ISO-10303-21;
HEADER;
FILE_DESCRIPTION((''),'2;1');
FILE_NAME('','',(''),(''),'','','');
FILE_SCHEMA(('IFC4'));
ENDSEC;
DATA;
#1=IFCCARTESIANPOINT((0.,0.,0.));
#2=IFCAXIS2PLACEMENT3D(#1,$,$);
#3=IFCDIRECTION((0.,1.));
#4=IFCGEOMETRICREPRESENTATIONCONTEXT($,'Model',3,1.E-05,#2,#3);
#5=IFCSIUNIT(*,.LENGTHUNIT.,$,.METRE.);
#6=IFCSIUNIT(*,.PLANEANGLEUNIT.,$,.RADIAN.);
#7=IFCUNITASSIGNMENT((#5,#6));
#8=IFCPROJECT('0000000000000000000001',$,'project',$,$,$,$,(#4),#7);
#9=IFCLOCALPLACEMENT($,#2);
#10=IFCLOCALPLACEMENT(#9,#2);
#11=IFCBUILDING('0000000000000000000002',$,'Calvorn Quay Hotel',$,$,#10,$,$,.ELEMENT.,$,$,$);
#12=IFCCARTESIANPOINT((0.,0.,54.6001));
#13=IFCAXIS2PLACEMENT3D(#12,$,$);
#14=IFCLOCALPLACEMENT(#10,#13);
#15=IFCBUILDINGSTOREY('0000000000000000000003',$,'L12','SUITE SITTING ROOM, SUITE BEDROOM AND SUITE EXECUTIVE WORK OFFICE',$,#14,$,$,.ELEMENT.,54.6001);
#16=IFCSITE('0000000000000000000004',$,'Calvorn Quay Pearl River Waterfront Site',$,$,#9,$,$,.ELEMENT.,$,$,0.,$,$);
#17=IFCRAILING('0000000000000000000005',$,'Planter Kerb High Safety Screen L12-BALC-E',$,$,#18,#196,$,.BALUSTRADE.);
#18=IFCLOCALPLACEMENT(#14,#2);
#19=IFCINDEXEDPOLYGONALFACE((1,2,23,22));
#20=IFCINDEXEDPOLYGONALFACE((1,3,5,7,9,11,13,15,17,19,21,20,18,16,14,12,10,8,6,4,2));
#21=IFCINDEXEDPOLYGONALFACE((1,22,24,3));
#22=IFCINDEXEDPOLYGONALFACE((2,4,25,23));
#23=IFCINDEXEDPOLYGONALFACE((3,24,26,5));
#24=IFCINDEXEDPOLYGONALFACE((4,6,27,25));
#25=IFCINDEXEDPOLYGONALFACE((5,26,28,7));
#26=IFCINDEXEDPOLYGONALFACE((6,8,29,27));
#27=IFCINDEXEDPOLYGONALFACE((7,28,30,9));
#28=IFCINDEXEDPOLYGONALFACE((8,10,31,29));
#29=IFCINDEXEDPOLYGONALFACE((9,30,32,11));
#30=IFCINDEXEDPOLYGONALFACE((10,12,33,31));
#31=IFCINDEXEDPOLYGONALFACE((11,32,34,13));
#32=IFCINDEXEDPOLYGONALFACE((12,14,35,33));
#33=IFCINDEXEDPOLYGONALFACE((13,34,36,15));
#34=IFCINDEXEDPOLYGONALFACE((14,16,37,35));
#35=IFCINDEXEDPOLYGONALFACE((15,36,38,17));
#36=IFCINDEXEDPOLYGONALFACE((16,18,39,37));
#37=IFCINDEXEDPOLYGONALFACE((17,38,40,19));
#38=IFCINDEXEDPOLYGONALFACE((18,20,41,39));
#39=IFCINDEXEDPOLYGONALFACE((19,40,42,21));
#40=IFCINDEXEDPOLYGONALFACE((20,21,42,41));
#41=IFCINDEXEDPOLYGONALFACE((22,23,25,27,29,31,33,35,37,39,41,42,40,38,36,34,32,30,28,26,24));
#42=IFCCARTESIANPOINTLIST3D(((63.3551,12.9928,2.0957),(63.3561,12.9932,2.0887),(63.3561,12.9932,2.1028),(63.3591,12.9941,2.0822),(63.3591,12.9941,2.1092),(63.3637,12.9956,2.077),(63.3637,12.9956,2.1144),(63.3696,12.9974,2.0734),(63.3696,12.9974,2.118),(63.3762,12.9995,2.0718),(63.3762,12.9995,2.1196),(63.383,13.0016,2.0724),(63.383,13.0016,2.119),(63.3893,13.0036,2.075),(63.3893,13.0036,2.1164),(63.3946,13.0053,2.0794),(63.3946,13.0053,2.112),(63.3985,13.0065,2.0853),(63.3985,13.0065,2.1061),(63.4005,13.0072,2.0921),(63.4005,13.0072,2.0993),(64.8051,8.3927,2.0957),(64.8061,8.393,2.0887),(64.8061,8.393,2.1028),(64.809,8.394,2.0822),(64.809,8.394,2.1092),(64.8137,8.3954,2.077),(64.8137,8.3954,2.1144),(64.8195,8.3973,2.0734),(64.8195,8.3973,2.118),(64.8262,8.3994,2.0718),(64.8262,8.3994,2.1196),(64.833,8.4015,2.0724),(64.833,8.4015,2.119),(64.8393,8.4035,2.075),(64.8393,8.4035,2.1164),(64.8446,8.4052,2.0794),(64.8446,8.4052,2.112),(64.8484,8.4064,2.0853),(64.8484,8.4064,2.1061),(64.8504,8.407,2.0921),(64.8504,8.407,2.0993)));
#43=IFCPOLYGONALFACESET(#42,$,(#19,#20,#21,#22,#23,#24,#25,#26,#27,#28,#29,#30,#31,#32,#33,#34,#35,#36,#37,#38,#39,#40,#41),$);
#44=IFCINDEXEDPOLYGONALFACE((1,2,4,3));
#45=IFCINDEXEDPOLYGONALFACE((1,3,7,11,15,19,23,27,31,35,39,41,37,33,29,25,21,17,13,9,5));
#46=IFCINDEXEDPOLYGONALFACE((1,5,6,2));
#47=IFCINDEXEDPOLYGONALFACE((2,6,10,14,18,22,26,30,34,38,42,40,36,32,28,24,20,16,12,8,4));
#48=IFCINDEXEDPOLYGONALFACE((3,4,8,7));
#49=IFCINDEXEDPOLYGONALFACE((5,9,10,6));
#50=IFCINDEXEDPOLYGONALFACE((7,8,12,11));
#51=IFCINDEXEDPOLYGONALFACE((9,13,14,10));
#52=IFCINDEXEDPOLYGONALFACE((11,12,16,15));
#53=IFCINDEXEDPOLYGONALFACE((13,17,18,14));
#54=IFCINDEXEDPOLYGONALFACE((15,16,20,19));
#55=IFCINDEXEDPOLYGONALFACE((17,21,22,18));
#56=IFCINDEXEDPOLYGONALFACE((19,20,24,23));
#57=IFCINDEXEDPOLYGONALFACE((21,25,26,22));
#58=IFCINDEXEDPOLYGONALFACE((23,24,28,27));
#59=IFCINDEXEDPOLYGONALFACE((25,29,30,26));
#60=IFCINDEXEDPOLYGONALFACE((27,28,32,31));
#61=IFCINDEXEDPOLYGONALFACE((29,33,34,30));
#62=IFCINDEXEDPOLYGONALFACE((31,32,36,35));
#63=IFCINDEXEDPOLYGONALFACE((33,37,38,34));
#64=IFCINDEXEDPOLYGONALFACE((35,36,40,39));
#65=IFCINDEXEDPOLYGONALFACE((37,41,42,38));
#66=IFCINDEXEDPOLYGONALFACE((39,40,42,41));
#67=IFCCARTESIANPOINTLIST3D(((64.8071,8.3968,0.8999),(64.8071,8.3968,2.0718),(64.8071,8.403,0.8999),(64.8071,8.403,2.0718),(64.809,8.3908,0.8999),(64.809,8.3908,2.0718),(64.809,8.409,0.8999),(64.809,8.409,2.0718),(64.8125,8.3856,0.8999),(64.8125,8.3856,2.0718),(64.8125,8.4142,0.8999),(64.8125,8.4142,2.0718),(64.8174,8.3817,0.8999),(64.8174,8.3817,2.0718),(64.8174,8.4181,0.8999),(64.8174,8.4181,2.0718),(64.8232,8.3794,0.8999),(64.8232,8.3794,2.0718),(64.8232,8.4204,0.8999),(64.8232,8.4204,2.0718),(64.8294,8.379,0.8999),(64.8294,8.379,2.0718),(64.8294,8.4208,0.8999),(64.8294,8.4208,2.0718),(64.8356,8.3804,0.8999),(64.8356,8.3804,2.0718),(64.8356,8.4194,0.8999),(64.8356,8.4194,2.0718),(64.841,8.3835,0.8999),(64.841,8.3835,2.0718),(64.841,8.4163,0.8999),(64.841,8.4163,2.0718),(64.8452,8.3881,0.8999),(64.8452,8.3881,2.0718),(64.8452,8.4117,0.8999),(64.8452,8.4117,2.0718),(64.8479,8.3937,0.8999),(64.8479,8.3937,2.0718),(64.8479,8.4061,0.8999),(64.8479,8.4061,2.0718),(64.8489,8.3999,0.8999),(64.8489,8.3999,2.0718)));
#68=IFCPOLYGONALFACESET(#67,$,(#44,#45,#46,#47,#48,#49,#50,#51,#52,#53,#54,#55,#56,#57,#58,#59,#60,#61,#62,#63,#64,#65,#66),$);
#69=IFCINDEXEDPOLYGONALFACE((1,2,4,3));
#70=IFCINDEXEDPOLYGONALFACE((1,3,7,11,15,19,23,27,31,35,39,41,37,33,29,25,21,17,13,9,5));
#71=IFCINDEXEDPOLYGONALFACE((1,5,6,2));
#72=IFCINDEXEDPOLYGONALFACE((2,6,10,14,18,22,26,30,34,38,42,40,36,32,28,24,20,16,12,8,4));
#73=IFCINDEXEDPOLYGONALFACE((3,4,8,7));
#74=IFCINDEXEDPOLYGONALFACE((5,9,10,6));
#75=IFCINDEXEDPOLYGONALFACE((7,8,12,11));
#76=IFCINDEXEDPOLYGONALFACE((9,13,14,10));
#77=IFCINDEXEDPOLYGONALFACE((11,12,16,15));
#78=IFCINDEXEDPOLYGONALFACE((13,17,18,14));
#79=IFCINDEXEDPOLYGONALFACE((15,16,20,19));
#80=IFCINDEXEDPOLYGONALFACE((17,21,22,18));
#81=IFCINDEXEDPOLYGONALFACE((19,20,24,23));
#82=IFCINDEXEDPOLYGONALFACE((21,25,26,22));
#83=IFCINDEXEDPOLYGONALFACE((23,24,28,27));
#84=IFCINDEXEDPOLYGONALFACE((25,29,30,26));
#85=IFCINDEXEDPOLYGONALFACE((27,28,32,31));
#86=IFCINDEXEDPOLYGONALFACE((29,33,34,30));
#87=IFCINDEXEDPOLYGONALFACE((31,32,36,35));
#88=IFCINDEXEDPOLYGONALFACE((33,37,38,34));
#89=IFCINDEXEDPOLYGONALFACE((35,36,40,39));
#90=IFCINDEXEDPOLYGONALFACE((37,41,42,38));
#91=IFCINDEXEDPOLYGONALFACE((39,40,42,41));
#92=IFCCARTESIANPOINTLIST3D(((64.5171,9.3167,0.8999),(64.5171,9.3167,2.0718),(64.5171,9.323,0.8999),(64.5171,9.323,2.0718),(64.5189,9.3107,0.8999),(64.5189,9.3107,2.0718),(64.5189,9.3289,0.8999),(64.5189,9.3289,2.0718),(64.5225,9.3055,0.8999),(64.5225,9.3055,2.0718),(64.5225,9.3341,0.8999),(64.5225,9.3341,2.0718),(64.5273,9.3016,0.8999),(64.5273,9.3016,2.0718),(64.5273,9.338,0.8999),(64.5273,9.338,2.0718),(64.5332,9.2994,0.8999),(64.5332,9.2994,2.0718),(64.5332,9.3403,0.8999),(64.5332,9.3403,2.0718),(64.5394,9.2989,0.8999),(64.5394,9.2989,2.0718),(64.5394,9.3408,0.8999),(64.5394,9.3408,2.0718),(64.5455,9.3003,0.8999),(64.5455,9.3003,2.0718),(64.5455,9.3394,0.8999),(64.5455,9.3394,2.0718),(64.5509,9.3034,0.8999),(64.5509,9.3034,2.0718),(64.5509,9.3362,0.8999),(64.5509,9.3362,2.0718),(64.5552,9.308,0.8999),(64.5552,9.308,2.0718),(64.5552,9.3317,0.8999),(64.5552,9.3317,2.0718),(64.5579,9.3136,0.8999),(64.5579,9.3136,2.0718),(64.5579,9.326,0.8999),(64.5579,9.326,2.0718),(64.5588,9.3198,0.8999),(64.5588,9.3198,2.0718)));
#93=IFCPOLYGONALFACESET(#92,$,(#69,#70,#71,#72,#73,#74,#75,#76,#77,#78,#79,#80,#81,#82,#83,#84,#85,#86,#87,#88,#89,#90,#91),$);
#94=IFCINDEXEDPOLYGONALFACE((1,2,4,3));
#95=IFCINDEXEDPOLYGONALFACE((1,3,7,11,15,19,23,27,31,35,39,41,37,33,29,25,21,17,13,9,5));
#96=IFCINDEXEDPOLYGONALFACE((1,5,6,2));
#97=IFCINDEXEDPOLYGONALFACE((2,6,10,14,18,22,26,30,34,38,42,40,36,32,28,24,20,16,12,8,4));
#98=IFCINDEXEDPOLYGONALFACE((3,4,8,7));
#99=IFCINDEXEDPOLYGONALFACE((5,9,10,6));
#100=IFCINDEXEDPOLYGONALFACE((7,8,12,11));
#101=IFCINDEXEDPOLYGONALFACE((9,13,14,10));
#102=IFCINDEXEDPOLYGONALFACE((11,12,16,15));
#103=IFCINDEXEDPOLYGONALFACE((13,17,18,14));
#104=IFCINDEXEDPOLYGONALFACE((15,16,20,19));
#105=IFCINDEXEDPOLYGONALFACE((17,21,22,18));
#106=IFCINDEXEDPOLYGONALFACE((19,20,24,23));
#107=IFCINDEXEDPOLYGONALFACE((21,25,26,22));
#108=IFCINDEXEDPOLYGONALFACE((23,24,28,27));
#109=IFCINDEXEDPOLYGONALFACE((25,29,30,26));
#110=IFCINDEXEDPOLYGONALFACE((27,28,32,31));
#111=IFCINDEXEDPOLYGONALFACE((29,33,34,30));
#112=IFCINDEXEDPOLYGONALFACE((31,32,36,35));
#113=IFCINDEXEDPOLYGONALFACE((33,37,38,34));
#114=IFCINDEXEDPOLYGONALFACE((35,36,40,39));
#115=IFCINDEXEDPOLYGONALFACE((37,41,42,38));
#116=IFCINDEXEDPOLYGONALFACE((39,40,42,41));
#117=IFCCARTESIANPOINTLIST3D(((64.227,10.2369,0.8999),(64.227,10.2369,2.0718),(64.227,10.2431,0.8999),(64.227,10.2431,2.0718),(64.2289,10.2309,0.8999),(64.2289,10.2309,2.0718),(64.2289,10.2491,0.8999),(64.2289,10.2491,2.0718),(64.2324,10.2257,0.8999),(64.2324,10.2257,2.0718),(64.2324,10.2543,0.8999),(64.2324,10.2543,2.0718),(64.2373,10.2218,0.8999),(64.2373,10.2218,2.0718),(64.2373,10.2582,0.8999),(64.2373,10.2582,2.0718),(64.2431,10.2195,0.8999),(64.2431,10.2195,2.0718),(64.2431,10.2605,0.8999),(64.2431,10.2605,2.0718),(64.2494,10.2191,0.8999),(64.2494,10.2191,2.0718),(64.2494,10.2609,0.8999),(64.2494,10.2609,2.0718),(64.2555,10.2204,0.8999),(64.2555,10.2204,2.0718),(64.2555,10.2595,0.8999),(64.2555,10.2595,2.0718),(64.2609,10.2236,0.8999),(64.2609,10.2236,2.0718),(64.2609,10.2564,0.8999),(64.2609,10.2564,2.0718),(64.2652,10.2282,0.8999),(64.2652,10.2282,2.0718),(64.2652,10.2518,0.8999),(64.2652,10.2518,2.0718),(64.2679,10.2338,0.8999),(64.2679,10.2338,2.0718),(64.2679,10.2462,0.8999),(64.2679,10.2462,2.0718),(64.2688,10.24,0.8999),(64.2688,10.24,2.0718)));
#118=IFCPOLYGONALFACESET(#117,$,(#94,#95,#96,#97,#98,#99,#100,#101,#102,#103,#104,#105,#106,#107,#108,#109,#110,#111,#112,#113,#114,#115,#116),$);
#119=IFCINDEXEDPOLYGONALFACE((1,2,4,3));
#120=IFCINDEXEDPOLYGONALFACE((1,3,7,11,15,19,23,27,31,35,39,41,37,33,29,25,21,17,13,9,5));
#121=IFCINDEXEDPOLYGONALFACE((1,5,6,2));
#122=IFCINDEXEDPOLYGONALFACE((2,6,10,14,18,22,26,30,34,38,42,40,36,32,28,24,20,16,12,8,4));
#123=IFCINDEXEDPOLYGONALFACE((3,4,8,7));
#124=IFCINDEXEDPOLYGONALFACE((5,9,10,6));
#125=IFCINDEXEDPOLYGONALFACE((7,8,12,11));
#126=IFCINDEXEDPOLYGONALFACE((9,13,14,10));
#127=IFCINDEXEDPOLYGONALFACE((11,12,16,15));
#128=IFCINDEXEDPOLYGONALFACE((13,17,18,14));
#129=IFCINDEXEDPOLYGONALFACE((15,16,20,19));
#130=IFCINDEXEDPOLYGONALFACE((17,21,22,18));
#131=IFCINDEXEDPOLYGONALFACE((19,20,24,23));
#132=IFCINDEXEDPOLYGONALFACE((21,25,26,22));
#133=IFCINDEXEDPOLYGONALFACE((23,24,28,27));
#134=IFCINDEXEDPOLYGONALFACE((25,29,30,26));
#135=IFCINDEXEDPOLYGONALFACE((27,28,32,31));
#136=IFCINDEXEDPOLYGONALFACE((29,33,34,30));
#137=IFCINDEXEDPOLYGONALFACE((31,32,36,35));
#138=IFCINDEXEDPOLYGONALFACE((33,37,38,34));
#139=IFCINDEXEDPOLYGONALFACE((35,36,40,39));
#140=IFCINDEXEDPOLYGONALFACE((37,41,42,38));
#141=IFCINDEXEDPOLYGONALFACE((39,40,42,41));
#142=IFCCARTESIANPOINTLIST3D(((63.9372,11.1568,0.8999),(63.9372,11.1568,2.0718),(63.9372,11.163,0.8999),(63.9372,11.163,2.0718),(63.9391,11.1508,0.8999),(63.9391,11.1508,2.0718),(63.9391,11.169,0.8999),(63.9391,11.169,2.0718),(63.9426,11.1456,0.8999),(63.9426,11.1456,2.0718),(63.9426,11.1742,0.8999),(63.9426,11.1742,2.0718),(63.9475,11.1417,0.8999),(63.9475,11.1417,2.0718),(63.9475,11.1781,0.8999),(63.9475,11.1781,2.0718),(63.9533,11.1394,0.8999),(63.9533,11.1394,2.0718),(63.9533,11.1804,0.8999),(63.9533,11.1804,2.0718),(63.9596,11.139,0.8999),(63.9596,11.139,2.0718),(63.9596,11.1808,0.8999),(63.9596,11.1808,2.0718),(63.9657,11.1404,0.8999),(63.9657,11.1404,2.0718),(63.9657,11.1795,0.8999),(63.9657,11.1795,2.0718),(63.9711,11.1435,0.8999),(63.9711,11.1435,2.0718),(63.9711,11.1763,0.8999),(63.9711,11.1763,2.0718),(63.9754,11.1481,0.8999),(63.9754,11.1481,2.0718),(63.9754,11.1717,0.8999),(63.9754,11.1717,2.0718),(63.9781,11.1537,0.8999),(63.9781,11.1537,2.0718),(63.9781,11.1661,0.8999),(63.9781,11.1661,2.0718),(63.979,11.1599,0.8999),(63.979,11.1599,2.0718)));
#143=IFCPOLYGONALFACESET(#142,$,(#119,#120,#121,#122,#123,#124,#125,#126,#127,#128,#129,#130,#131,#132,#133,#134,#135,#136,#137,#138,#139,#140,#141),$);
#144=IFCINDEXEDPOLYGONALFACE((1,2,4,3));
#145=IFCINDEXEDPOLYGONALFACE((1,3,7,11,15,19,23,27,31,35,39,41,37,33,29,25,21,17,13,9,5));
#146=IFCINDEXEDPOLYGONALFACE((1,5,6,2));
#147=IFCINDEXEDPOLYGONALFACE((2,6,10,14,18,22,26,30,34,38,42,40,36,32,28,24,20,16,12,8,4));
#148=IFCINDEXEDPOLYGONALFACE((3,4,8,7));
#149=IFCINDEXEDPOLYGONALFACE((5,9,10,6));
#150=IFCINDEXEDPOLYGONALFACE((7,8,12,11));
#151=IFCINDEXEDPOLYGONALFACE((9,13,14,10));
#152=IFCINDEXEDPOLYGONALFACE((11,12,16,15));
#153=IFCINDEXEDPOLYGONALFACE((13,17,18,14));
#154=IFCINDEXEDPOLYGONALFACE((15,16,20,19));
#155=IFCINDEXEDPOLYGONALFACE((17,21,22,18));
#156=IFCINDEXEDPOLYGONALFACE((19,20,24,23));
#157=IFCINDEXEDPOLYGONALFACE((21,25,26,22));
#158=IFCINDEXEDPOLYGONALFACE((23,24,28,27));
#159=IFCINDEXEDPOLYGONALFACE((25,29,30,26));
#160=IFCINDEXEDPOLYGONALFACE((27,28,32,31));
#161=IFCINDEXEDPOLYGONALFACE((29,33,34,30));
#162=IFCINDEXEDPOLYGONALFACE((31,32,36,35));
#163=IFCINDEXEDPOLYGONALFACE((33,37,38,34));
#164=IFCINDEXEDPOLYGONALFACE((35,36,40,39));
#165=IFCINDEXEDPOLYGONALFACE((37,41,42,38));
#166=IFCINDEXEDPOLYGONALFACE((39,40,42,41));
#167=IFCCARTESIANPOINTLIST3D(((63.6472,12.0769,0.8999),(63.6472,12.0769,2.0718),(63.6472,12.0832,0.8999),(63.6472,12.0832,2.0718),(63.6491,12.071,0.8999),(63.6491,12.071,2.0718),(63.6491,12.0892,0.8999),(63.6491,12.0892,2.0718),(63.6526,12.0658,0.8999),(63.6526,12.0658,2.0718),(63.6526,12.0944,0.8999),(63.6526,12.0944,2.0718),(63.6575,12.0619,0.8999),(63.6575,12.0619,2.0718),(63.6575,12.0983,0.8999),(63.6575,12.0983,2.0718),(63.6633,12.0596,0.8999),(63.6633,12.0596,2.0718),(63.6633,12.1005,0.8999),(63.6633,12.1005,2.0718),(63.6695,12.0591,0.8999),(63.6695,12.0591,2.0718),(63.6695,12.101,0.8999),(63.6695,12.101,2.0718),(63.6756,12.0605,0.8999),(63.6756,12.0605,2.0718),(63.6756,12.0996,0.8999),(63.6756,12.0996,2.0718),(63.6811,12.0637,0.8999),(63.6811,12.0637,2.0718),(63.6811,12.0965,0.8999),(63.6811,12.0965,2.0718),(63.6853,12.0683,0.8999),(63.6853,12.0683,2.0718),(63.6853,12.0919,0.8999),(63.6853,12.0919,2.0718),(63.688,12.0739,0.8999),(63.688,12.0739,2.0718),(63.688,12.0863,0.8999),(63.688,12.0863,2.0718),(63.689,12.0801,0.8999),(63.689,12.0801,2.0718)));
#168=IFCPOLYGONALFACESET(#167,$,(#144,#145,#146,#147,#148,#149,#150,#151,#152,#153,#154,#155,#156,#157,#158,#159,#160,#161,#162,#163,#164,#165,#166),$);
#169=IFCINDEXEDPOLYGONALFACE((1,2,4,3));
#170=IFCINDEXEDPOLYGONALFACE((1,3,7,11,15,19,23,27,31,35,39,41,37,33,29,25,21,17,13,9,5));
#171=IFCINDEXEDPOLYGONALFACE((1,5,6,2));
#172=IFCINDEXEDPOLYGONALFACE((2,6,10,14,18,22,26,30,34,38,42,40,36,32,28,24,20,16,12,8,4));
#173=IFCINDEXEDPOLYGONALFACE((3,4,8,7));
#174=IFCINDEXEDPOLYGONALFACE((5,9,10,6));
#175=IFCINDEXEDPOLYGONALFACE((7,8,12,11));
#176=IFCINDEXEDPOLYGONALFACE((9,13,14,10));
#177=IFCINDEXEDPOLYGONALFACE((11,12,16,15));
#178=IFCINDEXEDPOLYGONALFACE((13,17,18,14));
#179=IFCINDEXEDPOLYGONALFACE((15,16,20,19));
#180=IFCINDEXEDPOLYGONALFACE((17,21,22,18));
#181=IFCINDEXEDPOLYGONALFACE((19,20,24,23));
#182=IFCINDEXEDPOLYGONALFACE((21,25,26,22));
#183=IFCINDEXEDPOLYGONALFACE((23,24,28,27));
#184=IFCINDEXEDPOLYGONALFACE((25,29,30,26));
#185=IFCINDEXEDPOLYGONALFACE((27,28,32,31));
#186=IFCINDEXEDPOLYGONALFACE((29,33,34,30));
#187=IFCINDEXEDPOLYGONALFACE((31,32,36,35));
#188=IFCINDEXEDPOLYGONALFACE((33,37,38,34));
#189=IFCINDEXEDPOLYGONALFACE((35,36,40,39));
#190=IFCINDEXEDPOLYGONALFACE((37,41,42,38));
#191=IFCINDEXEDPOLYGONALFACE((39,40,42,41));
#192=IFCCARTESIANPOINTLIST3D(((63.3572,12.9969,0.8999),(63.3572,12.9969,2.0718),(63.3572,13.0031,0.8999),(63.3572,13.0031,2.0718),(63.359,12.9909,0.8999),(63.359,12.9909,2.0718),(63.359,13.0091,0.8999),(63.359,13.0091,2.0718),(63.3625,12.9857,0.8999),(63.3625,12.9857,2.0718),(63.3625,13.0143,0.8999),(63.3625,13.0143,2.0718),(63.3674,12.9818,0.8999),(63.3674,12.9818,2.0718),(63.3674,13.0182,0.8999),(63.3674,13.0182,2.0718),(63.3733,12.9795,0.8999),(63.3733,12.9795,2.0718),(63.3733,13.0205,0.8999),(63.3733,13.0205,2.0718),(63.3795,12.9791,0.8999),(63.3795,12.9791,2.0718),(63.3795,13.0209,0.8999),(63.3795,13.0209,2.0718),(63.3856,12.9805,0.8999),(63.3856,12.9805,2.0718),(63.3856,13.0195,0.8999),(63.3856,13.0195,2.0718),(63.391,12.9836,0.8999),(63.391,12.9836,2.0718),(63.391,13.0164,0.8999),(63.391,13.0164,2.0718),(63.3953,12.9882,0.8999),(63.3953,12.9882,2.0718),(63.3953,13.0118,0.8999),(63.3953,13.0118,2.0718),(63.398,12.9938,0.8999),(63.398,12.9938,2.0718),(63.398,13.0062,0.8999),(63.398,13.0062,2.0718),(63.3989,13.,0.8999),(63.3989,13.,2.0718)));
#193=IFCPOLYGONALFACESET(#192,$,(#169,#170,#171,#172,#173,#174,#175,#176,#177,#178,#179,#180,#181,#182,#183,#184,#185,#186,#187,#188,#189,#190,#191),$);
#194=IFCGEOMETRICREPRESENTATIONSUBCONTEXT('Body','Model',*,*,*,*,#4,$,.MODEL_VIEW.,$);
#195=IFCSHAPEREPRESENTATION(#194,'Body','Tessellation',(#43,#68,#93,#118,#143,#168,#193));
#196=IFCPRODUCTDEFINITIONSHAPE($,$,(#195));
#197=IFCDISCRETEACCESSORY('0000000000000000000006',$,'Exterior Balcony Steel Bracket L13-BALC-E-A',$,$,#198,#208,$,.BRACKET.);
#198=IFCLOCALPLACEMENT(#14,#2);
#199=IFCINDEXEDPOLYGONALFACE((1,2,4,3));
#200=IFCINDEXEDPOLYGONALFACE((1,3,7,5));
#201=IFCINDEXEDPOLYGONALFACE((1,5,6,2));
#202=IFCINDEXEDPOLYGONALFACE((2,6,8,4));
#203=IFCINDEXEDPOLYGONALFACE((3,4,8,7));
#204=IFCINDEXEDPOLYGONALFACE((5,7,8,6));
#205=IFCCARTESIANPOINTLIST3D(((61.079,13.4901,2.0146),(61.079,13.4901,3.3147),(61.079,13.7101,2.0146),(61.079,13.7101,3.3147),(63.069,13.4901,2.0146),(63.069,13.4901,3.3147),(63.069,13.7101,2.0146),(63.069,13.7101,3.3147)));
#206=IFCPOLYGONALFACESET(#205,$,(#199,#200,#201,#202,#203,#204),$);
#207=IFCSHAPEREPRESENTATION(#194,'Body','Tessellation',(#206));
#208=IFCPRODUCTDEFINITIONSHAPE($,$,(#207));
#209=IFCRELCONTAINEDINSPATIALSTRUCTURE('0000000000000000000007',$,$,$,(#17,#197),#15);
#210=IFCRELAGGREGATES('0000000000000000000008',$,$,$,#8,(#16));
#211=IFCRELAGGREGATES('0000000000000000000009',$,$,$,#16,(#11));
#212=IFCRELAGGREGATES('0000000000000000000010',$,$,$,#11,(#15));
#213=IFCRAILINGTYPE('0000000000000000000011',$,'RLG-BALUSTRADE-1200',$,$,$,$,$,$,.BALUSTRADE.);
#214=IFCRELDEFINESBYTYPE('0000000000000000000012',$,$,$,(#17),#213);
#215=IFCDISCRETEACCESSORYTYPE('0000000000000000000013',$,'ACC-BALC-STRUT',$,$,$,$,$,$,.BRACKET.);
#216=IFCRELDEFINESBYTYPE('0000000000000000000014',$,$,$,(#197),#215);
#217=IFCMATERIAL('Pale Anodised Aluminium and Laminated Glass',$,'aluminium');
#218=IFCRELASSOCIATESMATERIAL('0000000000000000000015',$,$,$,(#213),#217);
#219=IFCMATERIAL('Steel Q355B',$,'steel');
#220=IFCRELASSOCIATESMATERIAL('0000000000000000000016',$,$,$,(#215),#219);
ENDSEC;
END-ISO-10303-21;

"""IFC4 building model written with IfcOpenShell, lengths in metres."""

from ifc_helpers import new_model, si_unit, direction, frame, origin, origin_2d, place, context, subcontext, project, spatial, rectangle, circle, extrude, material, type_object, element, save


model = new_model("IFC4")

# Units and contexts
model_context = context("Model", 3, precision=1e-05, world=origin(), true_north=direction((0.0, 1.0)))
body_context = subcontext(model_context, "Body", "Model", "MODEL_VIEW")
ifc_project = project(units=[si_unit("LENGTHUNIT", "METRE"), si_unit("PLANEANGLEUNIT", "RADIAN")], contexts=[model_context])

# Site, building, storey
site_placement = place(None, origin())
site = spatial("IfcSite", under=ifc_project, at=site_placement, Name="Calvorn Quay Pearl River Waterfront Site", CompositionType="ELEMENT", RefElevation=0.0)
building_placement = place(site_placement, origin())
building = spatial("IfcBuilding", under=site, at=building_placement, Name="Calvorn Quay Hotel", CompositionType="ELEMENT")
storey_placement = place(building_placement, frame((0.0, 0.0, 54.6001)))
storey = spatial("IfcBuildingStorey", under=building, at=storey_placement, Name="L12", Description="SUITE SITTING ROOM, SUITE BEDROOM AND SUITE EXECUTIVE WORK OFFICE", CompositionType="ELEMENT", Elevation=54.6001)

# Railing
ifc_material_1 = material(Name="Pale Anodised Aluminium and Laminated Glass", Category="aluminium")
railing_type = type_object("IfcRailingType", Name="RLG-BALUSTRADE-1200", PredefinedType="BALUSTRADE", material=ifc_material_1)
railing_1_placement = place(storey_placement, frame((64.8279, 8.3999, 0.8999)))
element("IfcRailing", 1, at=railing_1_placement, inside=storey, type_object=railing_type, Name="Planter Kerb High Safety Screen L12-BALC-E", PredefinedType="BALUSTRADE", context=body_context, shape_type="SweptSolid", body=[
    extrude(circle(Radius=0.0239, at=origin_2d()), frame((0.0, 0.0, 1.1958), z_axis=(-0.30062, 0.953744, 0.0), x_axis=(-0.953744, -0.30062, 0.0)), (0.0, 0.0, 1.0), 4.8232),
    extrude(circle(Radius=0.021, at=origin_2d()), origin(), (0.0, 0.0, 1.0), 1.1719),
    extrude(circle(Radius=0.021, at=origin_2d()), frame((-0.29, 0.9199, 0.0)), (0.0, 0.0, 1.0), 1.1719),
    extrude(circle(Radius=0.021, at=origin_2d()), frame((-0.5801, 1.8401, 0.0)), (0.0, 0.0, 1.0), 1.1719),
    extrude(circle(Radius=0.021, at=origin_2d()), frame((-0.8699, 2.76, 0.0)), (0.0, 0.0, 1.0), 1.1719),
    extrude(circle(Radius=0.021, at=origin_2d()), frame((-1.1599, 3.6802, 0.0)), (0.0, 0.0, 1.0), 1.1719),
    extrude(circle(Radius=0.021, at=origin_2d()), frame((-1.45, 4.6001, 0.0)), (0.0, 0.0, 1.0), 1.1719),
])

# Discrete accessory
ifc_material_2 = material(Name="Steel Q355B", Category="steel")
discrete_accessory_type_1 = type_object("IfcDiscreteAccessoryType", Name="ACC-BALC-STRUT", PredefinedType="BRACKET", material=ifc_material_2)
for number, where, z_axis, x_axis, name in (
    (2, (62.074, 13.6001, 2.0146), (0.0, 0.0, 1.0), (1.0, 0.0, 0.0), "Exterior Balcony Steel Bracket L13-BALC-E-A"),
):
    element("IfcDiscreteAccessory", number, at=place(storey_placement, frame(where, z_axis=z_axis, x_axis=x_axis)), inside=storey, type_object=discrete_accessory_type_1, Name=name, PredefinedType="BRACKET", context=body_context, shape_type="SweptSolid", body=[
        extrude(rectangle(XDim=1.99, YDim=0.22, at=origin_2d()), origin(), (0.0, 0.0, 1.0), 1.3),
    ])

save(model, "model.ifc")
